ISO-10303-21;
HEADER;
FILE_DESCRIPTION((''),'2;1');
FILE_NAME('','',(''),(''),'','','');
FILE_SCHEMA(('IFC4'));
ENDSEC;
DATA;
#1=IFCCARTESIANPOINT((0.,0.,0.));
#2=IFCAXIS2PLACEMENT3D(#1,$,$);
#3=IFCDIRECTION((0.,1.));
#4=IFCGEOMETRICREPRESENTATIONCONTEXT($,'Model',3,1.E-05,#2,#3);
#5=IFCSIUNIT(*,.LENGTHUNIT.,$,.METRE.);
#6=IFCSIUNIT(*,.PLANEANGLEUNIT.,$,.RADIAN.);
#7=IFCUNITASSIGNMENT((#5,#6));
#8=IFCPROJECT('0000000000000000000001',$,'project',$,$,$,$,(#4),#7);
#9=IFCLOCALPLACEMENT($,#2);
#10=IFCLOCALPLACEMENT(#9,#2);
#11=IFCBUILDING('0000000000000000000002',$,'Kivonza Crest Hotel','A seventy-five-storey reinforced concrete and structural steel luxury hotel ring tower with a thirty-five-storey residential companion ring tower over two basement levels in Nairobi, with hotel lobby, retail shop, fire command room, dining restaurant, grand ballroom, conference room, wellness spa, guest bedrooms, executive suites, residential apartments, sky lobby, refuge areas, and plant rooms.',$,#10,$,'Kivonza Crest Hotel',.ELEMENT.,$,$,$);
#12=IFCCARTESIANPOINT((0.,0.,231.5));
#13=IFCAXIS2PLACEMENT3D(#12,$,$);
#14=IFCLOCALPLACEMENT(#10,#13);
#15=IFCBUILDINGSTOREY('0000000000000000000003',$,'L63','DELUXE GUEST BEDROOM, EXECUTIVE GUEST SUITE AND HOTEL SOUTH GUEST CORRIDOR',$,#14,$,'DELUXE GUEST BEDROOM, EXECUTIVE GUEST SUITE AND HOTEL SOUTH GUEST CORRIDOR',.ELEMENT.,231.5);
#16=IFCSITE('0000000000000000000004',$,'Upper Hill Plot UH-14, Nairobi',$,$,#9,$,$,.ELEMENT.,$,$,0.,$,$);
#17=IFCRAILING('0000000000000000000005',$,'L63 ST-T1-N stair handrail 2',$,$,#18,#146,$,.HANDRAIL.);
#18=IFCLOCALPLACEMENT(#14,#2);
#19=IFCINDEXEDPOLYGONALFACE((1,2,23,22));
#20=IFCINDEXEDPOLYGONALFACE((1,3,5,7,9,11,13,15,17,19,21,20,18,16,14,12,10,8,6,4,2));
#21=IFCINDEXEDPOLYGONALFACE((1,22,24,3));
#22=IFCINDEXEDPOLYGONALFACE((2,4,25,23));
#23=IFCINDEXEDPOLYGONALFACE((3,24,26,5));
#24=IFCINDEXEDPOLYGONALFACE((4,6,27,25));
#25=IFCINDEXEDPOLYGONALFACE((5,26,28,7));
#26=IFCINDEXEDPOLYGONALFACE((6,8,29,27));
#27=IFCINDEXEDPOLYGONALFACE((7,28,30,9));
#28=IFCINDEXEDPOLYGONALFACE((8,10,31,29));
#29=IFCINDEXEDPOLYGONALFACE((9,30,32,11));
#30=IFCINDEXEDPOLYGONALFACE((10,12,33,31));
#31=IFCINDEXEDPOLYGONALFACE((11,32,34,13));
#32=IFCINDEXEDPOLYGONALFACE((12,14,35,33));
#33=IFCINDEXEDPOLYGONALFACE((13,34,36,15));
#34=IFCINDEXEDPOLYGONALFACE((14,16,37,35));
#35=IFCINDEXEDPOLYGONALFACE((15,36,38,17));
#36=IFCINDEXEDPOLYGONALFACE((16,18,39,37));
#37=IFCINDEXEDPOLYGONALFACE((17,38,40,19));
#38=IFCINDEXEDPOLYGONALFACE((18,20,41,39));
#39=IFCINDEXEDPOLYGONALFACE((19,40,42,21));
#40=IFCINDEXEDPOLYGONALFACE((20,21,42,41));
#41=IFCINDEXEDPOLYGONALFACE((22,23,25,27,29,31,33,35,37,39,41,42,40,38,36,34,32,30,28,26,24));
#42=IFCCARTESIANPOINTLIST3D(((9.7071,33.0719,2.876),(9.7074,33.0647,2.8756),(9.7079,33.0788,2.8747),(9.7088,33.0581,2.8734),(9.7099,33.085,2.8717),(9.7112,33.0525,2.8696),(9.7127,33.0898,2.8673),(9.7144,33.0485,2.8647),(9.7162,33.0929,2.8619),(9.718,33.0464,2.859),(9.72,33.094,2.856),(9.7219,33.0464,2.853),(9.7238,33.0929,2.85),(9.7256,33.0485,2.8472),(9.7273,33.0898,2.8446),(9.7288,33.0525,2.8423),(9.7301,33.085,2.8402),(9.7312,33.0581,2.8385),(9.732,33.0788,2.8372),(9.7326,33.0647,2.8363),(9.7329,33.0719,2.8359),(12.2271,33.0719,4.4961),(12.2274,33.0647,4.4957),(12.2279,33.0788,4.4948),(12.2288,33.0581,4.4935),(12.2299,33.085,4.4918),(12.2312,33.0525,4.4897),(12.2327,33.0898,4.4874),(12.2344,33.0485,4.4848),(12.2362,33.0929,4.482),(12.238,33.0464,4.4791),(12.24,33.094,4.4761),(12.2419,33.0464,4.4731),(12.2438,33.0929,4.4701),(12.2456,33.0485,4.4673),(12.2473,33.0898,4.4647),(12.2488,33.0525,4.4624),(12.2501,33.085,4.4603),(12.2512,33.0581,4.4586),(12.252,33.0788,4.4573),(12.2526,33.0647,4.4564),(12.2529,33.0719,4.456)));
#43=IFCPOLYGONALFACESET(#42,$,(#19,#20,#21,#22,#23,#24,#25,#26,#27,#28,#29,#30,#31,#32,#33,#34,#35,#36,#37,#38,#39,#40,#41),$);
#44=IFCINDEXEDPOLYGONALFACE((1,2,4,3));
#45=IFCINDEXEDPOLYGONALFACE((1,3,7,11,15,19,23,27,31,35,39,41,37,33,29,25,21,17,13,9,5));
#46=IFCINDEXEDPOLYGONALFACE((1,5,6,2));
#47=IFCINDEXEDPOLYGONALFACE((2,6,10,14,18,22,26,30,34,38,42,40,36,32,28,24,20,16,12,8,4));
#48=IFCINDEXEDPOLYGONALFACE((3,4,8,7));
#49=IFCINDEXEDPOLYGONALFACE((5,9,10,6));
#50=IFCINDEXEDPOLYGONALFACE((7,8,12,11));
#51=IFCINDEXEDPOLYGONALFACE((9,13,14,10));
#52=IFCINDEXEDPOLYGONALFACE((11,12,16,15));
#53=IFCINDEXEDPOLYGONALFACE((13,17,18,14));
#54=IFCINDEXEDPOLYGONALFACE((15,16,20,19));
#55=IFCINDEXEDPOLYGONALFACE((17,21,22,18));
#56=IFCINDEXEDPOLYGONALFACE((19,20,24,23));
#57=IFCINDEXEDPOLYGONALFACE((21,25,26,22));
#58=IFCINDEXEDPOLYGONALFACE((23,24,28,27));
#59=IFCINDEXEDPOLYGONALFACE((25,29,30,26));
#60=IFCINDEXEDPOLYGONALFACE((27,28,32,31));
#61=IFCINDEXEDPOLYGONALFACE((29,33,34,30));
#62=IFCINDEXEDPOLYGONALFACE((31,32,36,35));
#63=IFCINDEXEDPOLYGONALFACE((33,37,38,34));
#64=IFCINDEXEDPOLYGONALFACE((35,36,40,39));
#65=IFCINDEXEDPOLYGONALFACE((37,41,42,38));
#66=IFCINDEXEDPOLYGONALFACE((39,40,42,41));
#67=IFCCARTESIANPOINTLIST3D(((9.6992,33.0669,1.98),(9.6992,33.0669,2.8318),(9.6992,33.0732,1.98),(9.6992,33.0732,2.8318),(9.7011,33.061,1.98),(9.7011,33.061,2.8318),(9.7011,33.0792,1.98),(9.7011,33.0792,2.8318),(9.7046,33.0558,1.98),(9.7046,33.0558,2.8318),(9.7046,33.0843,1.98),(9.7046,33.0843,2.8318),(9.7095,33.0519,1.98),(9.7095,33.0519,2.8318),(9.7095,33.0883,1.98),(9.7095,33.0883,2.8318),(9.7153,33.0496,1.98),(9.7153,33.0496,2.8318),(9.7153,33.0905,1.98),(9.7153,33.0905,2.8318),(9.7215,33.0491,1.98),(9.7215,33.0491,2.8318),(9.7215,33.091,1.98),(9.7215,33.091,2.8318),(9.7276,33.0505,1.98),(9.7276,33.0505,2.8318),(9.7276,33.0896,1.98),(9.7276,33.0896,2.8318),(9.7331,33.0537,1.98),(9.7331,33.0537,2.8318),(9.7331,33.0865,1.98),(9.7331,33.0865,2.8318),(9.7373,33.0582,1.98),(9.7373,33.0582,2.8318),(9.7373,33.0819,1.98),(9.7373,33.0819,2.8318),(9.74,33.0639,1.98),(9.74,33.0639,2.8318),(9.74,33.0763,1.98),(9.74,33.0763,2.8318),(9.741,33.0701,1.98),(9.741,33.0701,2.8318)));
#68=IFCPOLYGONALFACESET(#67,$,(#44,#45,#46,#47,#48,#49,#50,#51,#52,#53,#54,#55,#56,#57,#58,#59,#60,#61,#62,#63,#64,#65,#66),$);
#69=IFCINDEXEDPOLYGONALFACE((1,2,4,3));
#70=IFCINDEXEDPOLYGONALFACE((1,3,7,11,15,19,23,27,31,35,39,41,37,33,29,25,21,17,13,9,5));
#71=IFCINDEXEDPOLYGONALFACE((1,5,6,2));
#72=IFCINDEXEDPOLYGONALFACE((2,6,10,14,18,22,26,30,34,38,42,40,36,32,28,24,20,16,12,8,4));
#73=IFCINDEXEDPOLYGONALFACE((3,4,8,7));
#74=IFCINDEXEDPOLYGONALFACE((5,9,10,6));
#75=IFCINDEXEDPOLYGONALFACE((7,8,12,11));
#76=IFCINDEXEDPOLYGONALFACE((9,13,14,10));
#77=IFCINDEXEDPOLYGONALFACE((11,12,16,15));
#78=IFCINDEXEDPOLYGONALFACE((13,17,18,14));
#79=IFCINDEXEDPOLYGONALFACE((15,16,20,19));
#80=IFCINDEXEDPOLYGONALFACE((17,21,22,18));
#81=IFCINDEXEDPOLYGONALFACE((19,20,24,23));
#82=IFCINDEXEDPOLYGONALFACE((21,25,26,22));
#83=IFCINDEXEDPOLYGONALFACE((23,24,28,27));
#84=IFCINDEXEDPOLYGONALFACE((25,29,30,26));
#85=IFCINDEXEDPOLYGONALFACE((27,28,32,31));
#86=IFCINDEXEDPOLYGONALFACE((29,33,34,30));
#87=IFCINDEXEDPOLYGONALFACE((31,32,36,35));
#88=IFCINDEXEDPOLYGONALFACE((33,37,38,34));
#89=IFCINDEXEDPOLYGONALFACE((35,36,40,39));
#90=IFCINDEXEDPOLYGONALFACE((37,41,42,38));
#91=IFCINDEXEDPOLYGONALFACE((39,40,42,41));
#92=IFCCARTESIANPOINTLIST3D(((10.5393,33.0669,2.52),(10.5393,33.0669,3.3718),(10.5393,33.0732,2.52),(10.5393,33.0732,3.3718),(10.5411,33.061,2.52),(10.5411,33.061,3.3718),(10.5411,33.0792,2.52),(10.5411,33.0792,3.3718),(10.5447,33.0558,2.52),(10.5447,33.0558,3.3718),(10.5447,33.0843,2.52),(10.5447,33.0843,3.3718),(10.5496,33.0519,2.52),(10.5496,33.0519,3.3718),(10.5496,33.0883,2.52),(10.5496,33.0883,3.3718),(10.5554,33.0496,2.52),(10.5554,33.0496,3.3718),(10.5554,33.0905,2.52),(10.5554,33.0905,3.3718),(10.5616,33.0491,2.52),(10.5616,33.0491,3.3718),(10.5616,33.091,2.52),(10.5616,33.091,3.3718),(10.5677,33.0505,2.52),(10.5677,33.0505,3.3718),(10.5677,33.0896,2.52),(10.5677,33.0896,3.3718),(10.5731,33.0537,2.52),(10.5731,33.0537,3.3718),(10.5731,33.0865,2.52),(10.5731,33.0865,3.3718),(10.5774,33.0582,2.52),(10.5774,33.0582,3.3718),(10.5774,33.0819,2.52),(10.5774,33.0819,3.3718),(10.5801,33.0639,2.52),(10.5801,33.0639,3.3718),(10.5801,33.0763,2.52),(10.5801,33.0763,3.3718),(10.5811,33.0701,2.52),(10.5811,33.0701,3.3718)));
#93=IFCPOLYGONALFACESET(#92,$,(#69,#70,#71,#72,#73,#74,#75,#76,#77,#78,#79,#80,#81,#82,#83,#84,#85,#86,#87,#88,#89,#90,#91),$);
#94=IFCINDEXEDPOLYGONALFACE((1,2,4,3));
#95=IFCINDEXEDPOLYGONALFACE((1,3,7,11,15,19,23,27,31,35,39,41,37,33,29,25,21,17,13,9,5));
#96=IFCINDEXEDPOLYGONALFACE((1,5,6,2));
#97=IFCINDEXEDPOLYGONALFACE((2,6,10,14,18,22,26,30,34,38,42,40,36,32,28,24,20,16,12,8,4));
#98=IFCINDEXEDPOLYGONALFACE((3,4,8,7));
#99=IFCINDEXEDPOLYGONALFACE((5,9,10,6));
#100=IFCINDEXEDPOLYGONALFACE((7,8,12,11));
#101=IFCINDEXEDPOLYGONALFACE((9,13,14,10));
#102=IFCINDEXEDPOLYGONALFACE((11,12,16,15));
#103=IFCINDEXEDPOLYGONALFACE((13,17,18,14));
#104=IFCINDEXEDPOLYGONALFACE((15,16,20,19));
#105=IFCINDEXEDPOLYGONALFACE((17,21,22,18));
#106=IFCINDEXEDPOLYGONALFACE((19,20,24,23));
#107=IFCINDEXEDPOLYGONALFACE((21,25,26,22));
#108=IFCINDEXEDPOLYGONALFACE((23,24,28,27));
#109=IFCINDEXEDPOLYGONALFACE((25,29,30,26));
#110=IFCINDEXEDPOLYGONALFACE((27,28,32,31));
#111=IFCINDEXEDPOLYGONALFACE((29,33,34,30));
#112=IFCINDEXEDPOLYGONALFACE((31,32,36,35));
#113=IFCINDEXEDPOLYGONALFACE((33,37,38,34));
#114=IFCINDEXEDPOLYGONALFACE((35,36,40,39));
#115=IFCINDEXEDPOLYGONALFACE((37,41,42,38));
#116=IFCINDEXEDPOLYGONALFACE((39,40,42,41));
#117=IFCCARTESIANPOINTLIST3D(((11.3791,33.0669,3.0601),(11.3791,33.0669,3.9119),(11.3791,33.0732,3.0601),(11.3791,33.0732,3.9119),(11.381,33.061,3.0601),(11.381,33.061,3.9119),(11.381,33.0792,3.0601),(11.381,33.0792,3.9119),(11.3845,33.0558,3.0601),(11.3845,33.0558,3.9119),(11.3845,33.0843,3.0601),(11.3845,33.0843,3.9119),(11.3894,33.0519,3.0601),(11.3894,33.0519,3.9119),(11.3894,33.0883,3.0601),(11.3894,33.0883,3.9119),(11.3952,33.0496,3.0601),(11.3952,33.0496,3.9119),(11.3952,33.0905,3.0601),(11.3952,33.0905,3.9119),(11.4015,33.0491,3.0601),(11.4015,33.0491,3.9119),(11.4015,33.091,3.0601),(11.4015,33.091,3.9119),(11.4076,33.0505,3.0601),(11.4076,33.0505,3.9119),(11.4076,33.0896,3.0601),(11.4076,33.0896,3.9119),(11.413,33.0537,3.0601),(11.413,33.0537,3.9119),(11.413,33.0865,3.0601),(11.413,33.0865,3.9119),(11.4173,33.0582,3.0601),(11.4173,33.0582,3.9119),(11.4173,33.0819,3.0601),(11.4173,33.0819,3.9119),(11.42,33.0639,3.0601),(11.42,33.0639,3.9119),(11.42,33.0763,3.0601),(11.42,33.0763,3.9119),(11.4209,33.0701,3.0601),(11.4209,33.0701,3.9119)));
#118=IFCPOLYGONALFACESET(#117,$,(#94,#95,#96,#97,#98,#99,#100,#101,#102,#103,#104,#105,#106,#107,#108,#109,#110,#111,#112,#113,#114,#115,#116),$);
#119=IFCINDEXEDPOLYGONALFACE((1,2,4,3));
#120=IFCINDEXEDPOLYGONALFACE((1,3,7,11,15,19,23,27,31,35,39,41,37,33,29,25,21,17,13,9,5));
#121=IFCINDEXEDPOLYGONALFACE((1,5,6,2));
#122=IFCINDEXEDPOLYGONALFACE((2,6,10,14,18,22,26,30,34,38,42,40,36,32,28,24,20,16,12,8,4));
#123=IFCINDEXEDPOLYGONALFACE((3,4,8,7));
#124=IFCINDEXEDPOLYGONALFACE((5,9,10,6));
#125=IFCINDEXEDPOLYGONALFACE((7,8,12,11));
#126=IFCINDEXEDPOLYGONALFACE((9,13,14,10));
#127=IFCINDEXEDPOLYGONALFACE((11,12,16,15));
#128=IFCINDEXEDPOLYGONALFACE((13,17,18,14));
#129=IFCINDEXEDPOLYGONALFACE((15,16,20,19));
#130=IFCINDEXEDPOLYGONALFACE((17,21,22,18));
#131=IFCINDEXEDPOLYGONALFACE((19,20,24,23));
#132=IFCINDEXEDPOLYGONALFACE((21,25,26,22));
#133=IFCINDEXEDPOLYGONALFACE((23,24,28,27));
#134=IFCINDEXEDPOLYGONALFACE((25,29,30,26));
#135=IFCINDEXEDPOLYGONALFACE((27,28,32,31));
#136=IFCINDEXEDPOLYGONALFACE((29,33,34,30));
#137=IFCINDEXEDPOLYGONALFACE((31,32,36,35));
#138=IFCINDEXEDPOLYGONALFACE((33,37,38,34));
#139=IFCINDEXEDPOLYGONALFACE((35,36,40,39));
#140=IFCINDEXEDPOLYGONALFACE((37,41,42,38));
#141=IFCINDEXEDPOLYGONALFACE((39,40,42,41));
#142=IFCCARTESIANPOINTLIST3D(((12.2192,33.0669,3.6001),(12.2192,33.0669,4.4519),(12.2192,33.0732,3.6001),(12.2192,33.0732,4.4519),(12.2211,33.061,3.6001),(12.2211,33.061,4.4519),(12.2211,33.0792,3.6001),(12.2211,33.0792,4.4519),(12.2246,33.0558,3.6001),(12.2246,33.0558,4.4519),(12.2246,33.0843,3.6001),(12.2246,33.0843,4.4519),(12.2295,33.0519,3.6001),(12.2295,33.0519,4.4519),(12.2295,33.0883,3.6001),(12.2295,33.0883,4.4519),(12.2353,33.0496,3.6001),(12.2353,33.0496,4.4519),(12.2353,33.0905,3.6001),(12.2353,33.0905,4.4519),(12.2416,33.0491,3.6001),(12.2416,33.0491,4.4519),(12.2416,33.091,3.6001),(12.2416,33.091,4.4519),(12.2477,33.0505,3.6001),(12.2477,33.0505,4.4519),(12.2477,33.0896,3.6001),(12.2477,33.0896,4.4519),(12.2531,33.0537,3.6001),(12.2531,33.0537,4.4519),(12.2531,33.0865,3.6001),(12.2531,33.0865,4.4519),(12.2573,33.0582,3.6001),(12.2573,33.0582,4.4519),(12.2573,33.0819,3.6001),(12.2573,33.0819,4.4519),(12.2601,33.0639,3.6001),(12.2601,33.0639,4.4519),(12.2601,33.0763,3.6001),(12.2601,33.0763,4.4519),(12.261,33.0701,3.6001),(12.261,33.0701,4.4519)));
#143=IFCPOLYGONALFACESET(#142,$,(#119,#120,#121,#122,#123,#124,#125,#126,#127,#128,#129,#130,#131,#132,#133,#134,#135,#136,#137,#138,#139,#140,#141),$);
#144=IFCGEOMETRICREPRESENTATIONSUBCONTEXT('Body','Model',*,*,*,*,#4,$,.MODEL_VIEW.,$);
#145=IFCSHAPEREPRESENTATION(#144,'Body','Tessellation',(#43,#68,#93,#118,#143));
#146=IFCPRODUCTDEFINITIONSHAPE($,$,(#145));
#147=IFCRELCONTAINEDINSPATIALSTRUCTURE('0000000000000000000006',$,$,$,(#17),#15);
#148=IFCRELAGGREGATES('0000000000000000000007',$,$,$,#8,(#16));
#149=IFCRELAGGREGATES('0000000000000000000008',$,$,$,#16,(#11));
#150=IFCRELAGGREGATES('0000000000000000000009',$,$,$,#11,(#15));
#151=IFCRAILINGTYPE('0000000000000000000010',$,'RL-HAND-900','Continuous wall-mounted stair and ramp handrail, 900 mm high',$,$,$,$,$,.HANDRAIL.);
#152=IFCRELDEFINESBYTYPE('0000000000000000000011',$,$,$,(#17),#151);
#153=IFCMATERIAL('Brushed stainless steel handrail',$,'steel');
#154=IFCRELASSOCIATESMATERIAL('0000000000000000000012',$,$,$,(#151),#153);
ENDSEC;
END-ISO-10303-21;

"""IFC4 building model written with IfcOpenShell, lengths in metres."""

from ifc_helpers import new_model, si_unit, direction, frame, origin, origin_2d, place, context, subcontext, project, spatial, circle, extrude, material, type_object, element, save


model = new_model("IFC4")

# Units and contexts
model_context = context("Model", 3, precision=1e-05, world=origin(), true_north=direction((0.0, 1.0)))
body_context = subcontext(model_context, "Body", "Model", "MODEL_VIEW")
ifc_project = project(units=[si_unit("LENGTHUNIT", "METRE"), si_unit("PLANEANGLEUNIT", "RADIAN")], contexts=[model_context])

# Site, building, storey
site_placement = place(None, origin())
site = spatial("IfcSite", under=ifc_project, at=site_placement, Name="Upper Hill Plot UH-14, Nairobi", CompositionType="ELEMENT", RefElevation=0.0)
building_placement = place(site_placement, origin())
building = spatial("IfcBuilding", under=site, at=building_placement, Name="Kivonza Crest Hotel", Description="A seventy-five-storey reinforced concrete and structural steel luxury hotel ring tower with a thirty-five-storey residential companion ring tower over two basement levels in Nairobi, with hotel lobby, retail shop, fire command room, dining restaurant, grand ballroom, conference room, wellness spa, guest bedrooms, executive suites, residential apartments, sky lobby, refuge areas, and plant rooms.", LongName="Kivonza Crest Hotel", CompositionType="ELEMENT")
storey_placement = place(building_placement, frame((0.0, 0.0, 231.5)))
storey = spatial("IfcBuildingStorey", under=building, at=storey_placement, Name="L63", Description="DELUXE GUEST BEDROOM, EXECUTIVE GUEST SUITE AND HOTEL SOUTH GUEST CORRIDOR", LongName="DELUXE GUEST BEDROOM, EXECUTIVE GUEST SUITE AND HOTEL SOUTH GUEST CORRIDOR", CompositionType="ELEMENT", Elevation=231.5)

# Railing
ifc_material_1 = material(Name="Brushed stainless steel handrail", Category="steel")
railing_type = type_object("IfcRailingType", Name="RL-HAND-900", Description="Continuous wall-mounted stair and ramp handrail, 900 mm high", PredefinedType="HANDRAIL", material=ifc_material_1)
railing_placement = place(storey_placement, frame((9.72, 33.0701, 1.98)))
element("IfcRailing", 1, at=railing_placement, inside=storey, type_object=railing_type, Name="L63 ST-T1-N stair handrail 2", PredefinedType="HANDRAIL", context=body_context, shape_type="SweptSolid", body=[
    extrude(circle(Radius=0.0239, at=origin_2d()), frame((0.0, 0.0, 0.876), z_axis=(0.841163, 0.0, 0.540782), x_axis=(0.0, 1.0, 0.0)), (0.0, 0.0, 1.0), 2.9958),
    extrude(circle(Radius=0.021, at=origin_2d()), origin(), (0.0, 0.0, 1.0), 0.8518),
    extrude(circle(Radius=0.021, at=origin_2d()), frame((0.8401, 0.0, 0.54)), (0.0, 0.0, 1.0), 0.8518),
    extrude(circle(Radius=0.021, at=origin_2d()), frame((1.6799, 0.0, 1.0801)), (0.0, 0.0, 1.0), 0.8518),
    extrude(circle(Radius=0.021, at=origin_2d()), frame((2.52, 0.0, 1.6201)), (0.0, 0.0, 1.0), 0.8518),
])

save(model, "model.ifc")
